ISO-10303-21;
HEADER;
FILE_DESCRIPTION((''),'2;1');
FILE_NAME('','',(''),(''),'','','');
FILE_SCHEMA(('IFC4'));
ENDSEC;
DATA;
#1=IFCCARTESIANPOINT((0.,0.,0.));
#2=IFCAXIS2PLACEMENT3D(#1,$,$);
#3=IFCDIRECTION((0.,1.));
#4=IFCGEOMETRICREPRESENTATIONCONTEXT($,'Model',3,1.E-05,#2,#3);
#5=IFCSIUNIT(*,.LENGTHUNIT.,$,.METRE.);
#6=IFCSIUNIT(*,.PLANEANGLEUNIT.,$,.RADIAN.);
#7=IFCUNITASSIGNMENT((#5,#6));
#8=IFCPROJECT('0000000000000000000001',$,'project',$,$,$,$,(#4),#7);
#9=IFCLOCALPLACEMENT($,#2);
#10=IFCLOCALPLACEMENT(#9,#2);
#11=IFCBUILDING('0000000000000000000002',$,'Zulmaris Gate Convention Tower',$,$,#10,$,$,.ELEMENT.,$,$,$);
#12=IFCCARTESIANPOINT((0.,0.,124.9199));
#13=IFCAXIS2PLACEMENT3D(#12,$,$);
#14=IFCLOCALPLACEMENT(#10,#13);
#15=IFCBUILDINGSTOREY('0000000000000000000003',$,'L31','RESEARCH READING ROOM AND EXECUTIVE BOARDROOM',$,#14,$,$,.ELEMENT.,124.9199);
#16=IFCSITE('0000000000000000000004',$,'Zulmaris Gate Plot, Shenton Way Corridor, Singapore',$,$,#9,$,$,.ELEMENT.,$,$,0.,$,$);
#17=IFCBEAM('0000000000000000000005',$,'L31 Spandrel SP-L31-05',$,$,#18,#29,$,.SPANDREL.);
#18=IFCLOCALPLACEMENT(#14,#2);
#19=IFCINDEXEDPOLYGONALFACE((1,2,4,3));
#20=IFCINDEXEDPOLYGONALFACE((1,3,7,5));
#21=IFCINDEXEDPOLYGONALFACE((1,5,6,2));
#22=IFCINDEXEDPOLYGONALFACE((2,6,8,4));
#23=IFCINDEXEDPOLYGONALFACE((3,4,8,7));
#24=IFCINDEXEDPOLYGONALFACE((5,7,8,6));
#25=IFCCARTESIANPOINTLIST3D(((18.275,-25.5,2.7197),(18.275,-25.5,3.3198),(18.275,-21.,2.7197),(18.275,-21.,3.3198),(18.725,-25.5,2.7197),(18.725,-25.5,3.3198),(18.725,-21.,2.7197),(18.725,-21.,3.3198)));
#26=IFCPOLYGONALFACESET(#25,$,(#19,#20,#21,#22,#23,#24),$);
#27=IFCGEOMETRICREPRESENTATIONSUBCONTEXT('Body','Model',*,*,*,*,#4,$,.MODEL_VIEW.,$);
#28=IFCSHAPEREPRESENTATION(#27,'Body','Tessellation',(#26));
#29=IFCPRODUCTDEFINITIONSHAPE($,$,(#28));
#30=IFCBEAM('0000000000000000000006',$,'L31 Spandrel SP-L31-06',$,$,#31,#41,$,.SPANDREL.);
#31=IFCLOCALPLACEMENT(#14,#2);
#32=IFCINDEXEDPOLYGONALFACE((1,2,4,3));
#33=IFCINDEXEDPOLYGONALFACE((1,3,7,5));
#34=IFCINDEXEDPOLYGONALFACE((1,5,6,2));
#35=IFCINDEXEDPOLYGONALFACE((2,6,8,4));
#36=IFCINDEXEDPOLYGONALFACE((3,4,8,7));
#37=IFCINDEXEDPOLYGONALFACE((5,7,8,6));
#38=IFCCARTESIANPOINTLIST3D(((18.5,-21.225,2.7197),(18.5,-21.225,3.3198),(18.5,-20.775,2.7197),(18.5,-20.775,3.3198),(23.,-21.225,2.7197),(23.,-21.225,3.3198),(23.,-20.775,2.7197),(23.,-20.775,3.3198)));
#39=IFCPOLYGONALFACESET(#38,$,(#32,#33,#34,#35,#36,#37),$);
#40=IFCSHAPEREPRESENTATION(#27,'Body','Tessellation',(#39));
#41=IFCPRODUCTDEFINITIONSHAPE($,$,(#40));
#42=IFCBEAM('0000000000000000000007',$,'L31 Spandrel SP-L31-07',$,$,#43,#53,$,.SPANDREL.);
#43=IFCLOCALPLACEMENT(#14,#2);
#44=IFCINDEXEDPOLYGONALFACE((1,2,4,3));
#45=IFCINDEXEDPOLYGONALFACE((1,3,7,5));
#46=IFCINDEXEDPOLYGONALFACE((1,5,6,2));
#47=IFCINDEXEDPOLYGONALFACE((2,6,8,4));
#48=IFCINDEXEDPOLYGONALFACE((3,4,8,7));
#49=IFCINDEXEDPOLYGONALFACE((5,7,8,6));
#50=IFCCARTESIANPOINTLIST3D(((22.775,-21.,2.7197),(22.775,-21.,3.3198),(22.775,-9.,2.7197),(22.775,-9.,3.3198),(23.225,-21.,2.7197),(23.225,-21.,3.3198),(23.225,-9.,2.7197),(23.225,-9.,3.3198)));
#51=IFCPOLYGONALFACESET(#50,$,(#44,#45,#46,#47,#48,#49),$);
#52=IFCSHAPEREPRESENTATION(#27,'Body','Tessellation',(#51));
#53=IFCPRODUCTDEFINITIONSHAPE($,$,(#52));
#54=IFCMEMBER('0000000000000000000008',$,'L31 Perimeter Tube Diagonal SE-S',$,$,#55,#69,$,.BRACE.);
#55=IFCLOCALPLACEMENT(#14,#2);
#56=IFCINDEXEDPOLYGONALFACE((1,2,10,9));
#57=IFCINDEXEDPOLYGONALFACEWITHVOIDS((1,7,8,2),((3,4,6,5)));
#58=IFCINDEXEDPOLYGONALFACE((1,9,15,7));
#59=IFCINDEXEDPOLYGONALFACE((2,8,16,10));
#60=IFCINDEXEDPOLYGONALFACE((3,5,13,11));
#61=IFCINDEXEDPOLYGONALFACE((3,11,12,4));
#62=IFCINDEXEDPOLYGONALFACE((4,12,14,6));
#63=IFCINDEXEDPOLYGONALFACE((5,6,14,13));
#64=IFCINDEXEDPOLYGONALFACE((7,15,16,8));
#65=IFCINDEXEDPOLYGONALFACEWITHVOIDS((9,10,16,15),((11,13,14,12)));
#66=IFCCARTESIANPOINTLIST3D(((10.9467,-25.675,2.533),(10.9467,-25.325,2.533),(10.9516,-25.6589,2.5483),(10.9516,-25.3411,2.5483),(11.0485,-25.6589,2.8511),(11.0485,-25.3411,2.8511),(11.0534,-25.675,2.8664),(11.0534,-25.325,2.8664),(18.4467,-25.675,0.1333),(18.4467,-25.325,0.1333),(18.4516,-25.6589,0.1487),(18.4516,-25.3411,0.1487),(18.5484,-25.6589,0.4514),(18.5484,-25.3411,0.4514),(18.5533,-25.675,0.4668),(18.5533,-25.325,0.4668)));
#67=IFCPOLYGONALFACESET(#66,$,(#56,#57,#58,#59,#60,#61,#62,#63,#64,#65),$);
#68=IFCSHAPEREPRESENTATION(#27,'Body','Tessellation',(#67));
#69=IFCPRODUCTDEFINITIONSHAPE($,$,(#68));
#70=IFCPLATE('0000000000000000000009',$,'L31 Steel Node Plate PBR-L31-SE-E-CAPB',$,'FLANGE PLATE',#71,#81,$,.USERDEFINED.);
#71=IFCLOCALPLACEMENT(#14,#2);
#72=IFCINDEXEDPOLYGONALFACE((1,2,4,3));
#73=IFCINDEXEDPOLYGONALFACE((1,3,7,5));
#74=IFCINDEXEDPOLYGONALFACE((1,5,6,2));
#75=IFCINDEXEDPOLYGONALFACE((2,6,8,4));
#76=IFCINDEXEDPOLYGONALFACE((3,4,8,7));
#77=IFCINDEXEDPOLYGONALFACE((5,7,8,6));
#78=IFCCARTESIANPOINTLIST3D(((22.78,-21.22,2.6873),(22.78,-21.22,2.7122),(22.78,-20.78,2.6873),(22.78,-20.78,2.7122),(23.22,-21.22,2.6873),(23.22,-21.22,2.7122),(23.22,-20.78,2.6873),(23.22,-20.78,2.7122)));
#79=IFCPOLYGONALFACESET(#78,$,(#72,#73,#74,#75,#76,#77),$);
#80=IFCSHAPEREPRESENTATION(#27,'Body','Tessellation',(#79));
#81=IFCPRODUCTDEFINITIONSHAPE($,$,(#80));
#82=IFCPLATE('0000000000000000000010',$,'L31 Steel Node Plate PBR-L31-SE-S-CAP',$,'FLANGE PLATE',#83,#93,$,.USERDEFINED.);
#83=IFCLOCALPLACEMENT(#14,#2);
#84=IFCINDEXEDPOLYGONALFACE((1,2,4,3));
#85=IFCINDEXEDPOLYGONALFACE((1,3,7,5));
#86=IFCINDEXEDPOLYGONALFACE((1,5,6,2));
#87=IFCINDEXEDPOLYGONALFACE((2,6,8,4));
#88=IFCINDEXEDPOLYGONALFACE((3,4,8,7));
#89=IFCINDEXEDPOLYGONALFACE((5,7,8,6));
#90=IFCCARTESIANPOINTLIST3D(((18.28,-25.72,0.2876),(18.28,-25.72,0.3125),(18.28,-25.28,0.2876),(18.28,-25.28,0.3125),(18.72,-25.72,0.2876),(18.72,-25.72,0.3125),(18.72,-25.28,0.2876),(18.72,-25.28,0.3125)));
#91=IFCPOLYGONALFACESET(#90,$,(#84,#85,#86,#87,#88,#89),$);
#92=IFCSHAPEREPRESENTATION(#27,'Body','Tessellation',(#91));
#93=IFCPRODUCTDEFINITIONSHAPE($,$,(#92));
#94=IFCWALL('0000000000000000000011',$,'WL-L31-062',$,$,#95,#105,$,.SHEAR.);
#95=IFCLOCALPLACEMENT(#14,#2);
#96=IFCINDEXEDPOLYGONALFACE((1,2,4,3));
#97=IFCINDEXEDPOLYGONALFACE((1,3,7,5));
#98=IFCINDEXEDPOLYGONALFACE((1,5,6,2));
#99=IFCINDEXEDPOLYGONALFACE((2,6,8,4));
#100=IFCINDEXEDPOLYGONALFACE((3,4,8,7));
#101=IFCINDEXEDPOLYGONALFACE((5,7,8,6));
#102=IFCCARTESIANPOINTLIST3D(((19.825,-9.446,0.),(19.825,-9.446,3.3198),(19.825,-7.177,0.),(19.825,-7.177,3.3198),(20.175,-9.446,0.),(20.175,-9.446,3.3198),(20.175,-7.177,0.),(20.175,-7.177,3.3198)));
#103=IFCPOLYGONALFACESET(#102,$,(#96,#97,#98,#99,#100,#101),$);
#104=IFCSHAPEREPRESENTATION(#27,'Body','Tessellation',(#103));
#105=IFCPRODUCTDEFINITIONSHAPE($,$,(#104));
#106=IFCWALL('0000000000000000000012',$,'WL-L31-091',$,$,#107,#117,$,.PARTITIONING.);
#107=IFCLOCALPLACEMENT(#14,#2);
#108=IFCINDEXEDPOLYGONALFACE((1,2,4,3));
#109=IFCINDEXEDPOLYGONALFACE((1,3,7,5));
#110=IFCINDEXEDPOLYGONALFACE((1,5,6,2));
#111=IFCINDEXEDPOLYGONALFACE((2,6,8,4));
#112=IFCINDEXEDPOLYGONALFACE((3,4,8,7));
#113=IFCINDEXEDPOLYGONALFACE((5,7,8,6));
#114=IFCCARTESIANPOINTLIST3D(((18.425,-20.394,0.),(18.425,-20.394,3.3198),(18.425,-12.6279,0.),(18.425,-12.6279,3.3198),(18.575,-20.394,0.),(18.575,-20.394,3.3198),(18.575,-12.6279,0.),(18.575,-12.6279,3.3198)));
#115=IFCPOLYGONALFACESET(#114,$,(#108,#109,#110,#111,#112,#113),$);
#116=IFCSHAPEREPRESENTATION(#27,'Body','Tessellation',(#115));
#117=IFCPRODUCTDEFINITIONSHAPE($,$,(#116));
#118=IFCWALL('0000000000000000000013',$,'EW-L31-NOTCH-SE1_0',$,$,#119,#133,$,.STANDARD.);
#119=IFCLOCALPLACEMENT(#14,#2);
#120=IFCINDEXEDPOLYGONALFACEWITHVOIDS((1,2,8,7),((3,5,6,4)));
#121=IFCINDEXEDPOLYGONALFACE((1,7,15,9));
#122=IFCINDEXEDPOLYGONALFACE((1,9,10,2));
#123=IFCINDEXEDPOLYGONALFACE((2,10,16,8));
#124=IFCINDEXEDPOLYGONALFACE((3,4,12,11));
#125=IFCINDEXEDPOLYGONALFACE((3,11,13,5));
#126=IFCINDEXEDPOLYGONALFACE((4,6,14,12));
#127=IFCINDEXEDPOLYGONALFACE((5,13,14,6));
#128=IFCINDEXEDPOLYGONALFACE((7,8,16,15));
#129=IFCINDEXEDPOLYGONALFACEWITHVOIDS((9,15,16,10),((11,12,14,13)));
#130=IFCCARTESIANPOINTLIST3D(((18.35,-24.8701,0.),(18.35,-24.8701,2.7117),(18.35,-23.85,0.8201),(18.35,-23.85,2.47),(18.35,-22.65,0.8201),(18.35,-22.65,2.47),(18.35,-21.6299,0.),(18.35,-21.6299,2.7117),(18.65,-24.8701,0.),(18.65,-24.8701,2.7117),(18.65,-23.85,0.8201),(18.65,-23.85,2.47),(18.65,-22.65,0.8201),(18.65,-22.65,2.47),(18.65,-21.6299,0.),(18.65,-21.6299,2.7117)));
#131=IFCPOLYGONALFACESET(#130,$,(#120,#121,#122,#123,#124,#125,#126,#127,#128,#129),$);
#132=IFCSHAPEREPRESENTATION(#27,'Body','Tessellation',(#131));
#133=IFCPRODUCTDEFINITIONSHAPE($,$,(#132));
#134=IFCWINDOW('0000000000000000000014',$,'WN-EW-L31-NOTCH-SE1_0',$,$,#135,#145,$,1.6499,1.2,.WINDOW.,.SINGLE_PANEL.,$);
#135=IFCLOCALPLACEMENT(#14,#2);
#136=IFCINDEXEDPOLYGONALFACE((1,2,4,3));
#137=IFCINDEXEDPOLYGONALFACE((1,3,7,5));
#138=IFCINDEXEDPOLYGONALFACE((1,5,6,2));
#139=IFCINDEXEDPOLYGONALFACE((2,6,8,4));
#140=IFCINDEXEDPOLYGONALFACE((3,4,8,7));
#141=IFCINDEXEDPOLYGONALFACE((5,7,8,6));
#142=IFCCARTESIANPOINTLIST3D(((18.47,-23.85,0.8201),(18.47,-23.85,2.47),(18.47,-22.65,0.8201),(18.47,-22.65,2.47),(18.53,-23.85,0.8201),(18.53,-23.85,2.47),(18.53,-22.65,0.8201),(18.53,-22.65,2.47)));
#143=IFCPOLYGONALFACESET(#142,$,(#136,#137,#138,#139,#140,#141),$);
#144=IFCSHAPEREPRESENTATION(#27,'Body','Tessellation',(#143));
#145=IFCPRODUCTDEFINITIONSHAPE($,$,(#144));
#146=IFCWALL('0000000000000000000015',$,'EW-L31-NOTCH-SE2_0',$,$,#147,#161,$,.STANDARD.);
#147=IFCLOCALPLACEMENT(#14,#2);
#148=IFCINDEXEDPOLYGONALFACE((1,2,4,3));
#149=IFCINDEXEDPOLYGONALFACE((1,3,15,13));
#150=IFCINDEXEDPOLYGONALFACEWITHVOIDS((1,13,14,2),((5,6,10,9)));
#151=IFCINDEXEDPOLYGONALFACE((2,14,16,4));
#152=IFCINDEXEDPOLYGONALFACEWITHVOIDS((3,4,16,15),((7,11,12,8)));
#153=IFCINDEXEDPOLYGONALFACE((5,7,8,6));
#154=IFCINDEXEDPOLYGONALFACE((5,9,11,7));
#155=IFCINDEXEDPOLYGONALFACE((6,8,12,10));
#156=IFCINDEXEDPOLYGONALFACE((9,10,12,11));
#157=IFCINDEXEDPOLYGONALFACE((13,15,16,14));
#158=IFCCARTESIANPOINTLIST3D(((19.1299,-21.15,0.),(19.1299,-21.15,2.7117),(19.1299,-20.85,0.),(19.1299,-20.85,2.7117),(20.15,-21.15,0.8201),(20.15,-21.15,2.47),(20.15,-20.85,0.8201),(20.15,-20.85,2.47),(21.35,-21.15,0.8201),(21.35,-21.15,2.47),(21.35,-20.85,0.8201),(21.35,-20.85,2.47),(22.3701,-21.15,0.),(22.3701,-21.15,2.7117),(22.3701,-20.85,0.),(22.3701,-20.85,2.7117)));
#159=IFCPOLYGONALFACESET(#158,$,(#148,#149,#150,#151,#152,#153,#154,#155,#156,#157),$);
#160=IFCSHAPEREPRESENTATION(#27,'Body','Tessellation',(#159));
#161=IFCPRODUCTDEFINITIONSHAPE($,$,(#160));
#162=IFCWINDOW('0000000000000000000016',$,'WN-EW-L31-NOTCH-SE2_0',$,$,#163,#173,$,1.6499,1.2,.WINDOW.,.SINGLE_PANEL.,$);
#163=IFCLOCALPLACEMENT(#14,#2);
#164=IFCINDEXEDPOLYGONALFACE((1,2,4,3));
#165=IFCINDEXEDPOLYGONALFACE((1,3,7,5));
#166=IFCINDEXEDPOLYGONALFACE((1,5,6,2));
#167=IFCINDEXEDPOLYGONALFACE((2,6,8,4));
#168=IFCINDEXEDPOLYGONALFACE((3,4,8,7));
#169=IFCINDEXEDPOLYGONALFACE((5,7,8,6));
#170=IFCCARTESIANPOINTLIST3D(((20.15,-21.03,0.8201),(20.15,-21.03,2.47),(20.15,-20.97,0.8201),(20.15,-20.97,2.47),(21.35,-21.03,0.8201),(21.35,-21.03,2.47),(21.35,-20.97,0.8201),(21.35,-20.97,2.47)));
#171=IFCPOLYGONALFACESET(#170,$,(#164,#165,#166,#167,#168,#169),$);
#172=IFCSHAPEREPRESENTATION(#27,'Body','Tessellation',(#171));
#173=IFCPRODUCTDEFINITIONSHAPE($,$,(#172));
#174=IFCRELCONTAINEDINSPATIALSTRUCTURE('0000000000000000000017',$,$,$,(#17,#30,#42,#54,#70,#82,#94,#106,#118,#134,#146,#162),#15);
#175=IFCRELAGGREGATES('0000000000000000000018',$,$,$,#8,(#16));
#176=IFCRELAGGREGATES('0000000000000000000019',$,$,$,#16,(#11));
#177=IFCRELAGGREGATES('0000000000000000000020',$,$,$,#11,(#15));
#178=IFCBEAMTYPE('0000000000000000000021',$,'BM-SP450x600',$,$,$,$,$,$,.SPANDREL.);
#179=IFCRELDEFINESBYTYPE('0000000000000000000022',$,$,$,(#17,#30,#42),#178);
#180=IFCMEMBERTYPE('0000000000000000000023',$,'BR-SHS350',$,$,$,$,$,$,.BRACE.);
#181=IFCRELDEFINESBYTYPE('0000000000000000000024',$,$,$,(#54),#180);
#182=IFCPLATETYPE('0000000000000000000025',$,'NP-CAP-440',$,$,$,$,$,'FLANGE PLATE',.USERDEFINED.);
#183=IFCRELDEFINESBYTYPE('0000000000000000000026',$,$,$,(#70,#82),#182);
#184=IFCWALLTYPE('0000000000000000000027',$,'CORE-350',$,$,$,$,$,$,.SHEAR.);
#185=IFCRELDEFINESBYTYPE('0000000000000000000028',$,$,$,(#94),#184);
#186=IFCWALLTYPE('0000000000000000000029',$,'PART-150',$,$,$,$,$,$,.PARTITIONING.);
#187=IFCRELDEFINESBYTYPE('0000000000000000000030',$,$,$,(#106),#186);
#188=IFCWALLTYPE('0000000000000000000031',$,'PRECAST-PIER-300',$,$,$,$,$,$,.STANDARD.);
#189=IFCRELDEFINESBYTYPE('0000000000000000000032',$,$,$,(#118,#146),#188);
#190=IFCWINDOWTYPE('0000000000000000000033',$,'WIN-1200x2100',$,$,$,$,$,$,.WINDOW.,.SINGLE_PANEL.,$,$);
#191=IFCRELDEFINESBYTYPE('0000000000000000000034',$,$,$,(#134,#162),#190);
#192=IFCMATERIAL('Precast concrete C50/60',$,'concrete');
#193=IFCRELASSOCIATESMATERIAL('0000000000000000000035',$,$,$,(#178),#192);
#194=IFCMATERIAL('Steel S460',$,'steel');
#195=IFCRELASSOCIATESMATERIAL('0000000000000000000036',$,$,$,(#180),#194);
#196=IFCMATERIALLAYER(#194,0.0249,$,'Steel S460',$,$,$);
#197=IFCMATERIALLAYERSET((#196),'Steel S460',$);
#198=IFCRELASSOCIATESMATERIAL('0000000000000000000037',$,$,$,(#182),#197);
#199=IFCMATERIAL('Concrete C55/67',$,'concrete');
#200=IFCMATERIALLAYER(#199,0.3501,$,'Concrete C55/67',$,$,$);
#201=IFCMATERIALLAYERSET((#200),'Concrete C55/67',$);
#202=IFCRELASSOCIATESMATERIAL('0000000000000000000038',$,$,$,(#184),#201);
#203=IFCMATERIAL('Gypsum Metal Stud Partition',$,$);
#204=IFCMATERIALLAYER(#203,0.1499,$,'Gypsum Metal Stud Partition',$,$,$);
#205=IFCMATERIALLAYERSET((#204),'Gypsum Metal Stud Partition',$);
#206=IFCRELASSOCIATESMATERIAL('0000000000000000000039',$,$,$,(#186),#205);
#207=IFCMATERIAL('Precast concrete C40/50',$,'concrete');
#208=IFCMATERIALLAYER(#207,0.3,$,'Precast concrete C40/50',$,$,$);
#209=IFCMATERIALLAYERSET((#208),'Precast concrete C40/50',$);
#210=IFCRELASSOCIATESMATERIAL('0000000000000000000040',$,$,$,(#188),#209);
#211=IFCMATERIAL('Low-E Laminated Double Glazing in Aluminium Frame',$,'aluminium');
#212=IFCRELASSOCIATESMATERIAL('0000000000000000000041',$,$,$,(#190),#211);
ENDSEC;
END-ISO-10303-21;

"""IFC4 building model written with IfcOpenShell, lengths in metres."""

from ifc_helpers import new_model, si_unit, direction, frame, frame_2d, origin, origin_2d, place, context, subcontext, project, spatial, rectangle, hollow_rectangle, extrude, material, layer, layer_set, material_profile, profile_set, type_object, element, fill, save


model = new_model("IFC4")

# Units and contexts
model_context = context("Model", 3, precision=1e-05, world=origin(), true_north=direction((0.0, 1.0)))
body_context = subcontext(model_context, "Body", "Model", "MODEL_VIEW")
ifc_project = project(units=[si_unit("LENGTHUNIT", "METRE"), si_unit("PLANEANGLEUNIT", "RADIAN")], contexts=[model_context])

# Site, building, storey
site_placement = place(None, origin())
site = spatial("IfcSite", under=ifc_project, at=site_placement, Name="Zulmaris Gate Plot, Shenton Way Corridor, Singapore", CompositionType="ELEMENT", RefElevation=0.0)
building_placement = place(site_placement, origin())
building = spatial("IfcBuilding", under=site, at=building_placement, Name="Zulmaris Gate Convention Tower", CompositionType="ELEMENT")
storey_placement = place(building_placement, frame((0.0, 0.0, 124.9199)))
storey = spatial("IfcBuildingStorey", under=building, at=storey_placement, Name="L31", Description="RESEARCH READING ROOM AND EXECUTIVE BOARDROOM", CompositionType="ELEMENT", Elevation=124.9199)

# Beams
ifc_material_1 = material(Name="Precast concrete C50/60", Category="concrete")
ifc_material_profile_1 = material_profile(ifc_material_1, rectangle(XDim=0.45, YDim=0.6001, at=origin_2d()), Name="RC SPANDREL 450x600")
ifc_profile_set_1 = profile_set([ifc_material_profile_1], Name="Precast concrete C50/60")
beam_type_1 = type_object("IfcBeamType", Name="BM-SP450x600", PredefinedType="SPANDREL", material=ifc_profile_set_1)
for number, where, z_axis, x_axis, name in (
    (1, (18.5, -25.5, 3.0198), (0.0, 1.0, 0.0), (-1.0, 0.0, 0.0), "L31 Spandrel SP-L31-05"),
    (2, (18.5, -21.0, 3.0198), (1.0, 0.0, 0.0), (0.0, 1.0, 0.0), "L31 Spandrel SP-L31-06"),
):
    element("IfcBeam", number, at=place(storey_placement, frame(where, z_axis=z_axis, x_axis=x_axis)), inside=storey, type_object=beam_type_1, Name=name, PredefinedType="SPANDREL", context=body_context, shape_type="SweptSolid", body=[
        extrude(rectangle(XDim=0.45, YDim=0.6001, at=origin_2d()), origin(), (0.0, 0.0, 1.0), 4.5),
    ])
beam_1_placement = place(storey_placement, frame((23.0, -21.0, 3.0198), z_axis=(0.0, 1.0, 0.0), x_axis=(-1.0, 0.0, 0.0)))
element("IfcBeam", 3, at=beam_1_placement, inside=storey, type_object=beam_type_1, Name="L31 Spandrel SP-L31-07", PredefinedType="SPANDREL", context=body_context, shape_type="SweptSolid", body=[
    extrude(rectangle(XDim=0.45, YDim=0.6001, at=origin_2d()), origin(), (0.0, 0.0, 1.0), 12.0),
])

# Member
ifc_material_2 = material(Name="Steel S460", Category="steel")
ifc_material_profile_2 = material_profile(ifc_material_2, hollow_rectangle(XDim=0.3501, YDim=0.3501, WallThickness=0.0161, at=origin_2d()), Name="SHS 350x350x16")
ifc_profile_set_2 = profile_set([ifc_material_profile_2], Name="Steel S460")
member_type = type_object("IfcMemberType", Name="BR-SHS350", PredefinedType="BRACE", material=ifc_profile_set_2)
member_placement = place(storey_placement, frame((18.5, -25.5, 0.3), z_axis=(-0.952437, 0.0, 0.304736), x_axis=(0.0, -1.0, 0.0)))
element("IfcMember", 4, at=member_placement, inside=storey, type_object=member_type, Name="L31 Perimeter Tube Diagonal SE-S", PredefinedType="BRACE", context=body_context, shape_type="SweptSolid", body=[
    extrude(hollow_rectangle(XDim=0.3501, YDim=0.3501, WallThickness=0.0161, at=origin_2d()), origin(), (0.0, 0.0, 1.0), 7.8745),
])

# Plates
ifc_layer_1 = layer(ifc_material_2, 0.0249, Name="Steel S460")
ifc_layer_set_1 = layer_set([ifc_layer_1], Name="Steel S460")
plate_type = type_object("IfcPlateType", Name="NP-CAP-440", ElementType="FLANGE PLATE", PredefinedType="USERDEFINED", material=ifc_layer_set_1)
for number, where, z_axis, x_axis, name in (
    (5, (23.0, -21.0, 2.6873), (0.0, 0.0, 1.0), (1.0, 0.0, 0.0), "L31 Steel Node Plate PBR-L31-SE-E-CAPB"),
    (6, (18.5, -25.5, 0.2876), (0.0, 0.0, 1.0), (1.0, 0.0, 0.0), "L31 Steel Node Plate PBR-L31-SE-S-CAP"),
):
    element("IfcPlate", number, at=place(storey_placement, frame(where, z_axis=z_axis, x_axis=x_axis)), inside=storey, type_object=plate_type, Name=name, ObjectType="FLANGE PLATE", PredefinedType="USERDEFINED", context=body_context, shape_type="SweptSolid", body=[
        extrude(rectangle(XDim=0.4399, YDim=0.4399, at=origin_2d()), origin(), (0.0, 0.0, 1.0), 0.0249),
    ])

# Wall
ifc_material_3 = material(Name="Concrete C55/67", Category="concrete")
ifc_layer_2 = layer(ifc_material_3, 0.3501, Name="Concrete C55/67")
ifc_layer_set_2 = layer_set([ifc_layer_2], Name="Concrete C55/67")
wall_type_1 = type_object("IfcWallType", Name="CORE-350", PredefinedType="SHEAR", material=ifc_layer_set_2)
wall_1_placement = place(storey_placement, frame((20.0, -9.446, 0.0), z_axis=(0.0, 0.0, 1.0), x_axis=(0.0, 1.0, 0.0)))
element("IfcWall", 7, at=wall_1_placement, inside=storey, type_object=wall_type_1, Name="WL-L31-062", PredefinedType="SHEAR", context=body_context, shape_type="SweptSolid", body=[
    extrude(rectangle(XDim=2.269, YDim=0.3501, at=frame_2d((1.1345, 0.0))), origin(), (0.0, 0.0, 1.0), 3.3198),
])

# Shared definitions
ifc_material_4 = material(Name="Gypsum Metal Stud Partition")
ifc_layer_3 = layer(ifc_material_4, 0.1499, Name="Gypsum Metal Stud Partition")
ifc_layer_set_3 = layer_set([ifc_layer_3], Name="Gypsum Metal Stud Partition")
wall_type_2 = type_object("IfcWallType", Name="PART-150", PredefinedType="PARTITIONING", material=ifc_layer_set_3)

# Wall
wall_2_placement = place(storey_placement, frame((18.5, -20.394, 0.0), z_axis=(0.0, 0.0, 1.0), x_axis=(0.0, 1.0, 0.0)))
element("IfcWall", 8, at=wall_2_placement, inside=storey, type_object=wall_type_2, Name="WL-L31-091", PredefinedType="PARTITIONING", context=body_context, shape_type="SweptSolid", body=[
    extrude(rectangle(XDim=7.7661, YDim=0.1499, at=frame_2d((3.8831, 0.0))), origin(), (0.0, 0.0, 1.0), 3.3198),
])

# Walls, openings, windows
ifc_material_5 = material(Name="Precast concrete C40/50", Category="concrete")
ifc_layer_4 = layer(ifc_material_5, 0.3, Name="Precast concrete C40/50")
ifc_layer_set_4 = layer_set([ifc_layer_4], Name="Precast concrete C40/50")
wall_type_3 = type_object("IfcWallType", Name="PRECAST-PIER-300", PredefinedType="STANDARD", material=ifc_layer_set_4)
wall_3_placement = place(storey_placement, frame((18.5, -24.8701, 0.0), z_axis=(0.0, 0.0, 1.0), x_axis=(0.0, 1.0, 0.0)))
wall_3 = element("IfcWall", 9, at=wall_3_placement, inside=storey, type_object=wall_type_3, Name="EW-L31-NOTCH-SE1_0", PredefinedType="STANDARD", context=body_context, shape_type="SweptSolid", body=[
    extrude(rectangle(XDim=3.2402, YDim=0.3, at=frame_2d((1.6201, 0.0))), origin(), (0.0, 0.0, 1.0), 2.7117),
])
opening_1_placement = place(wall_3_placement, frame((1.02, 0.0, 0.8201)))
opening_1 = element("IfcOpeningElement", 10, at=opening_1_placement, cuts=wall_3, PredefinedType="OPENING", context=body_context, shape_type="SweptSolid", body=[
    extrude(rectangle(XDim=1.2, YDim=1.6499, at=frame_2d((0.6001, 0.825))), frame((0.0, 0.1602, 0.0), z_axis=(0.0, -1.0, 0.0), x_axis=(1.0, 0.0, 0.0)), (0.0, 0.0, 1.0), 0.3201),
])
ifc_material_6 = material(Name="Low-E Laminated Double Glazing in Aluminium Frame", Category="aluminium")
window_type = type_object("IfcWindowType", Name="WIN-1200x2100", PartitioningType="SINGLE_PANEL", PredefinedType="WINDOW", material=ifc_material_6)
window_1_placement = place(opening_1_placement, origin())
window_1 = element("IfcWindow", 11, at=window_1_placement, inside=storey, type_object=window_type, Name="WN-EW-L31-NOTCH-SE1_0", OverallHeight=1.6499, OverallWidth=1.2, PartitioningType="SINGLE_PANEL", PredefinedType="WINDOW", context=body_context, shape_type="SweptSolid", body=[
    extrude(rectangle(XDim=1.2, YDim=1.6499, at=frame_2d((0.6001, 0.825))), frame((0.0, 0.03, 0.0), z_axis=(0.0, -1.0, 0.0), x_axis=(1.0, 0.0, 0.0)), (0.0, 0.0, 1.0), 0.0601),
])
fill(opening_1, window_1)
wall_4_placement = place(storey_placement, frame((19.1299, -21.0, 0.0), z_axis=(0.0, 0.0, 1.0), x_axis=(1.0, 0.0, 0.0)))
wall_4 = element("IfcWall", 12, at=wall_4_placement, inside=storey, type_object=wall_type_3, Name="EW-L31-NOTCH-SE2_0", PredefinedType="STANDARD", context=body_context, shape_type="SweptSolid", body=[
    extrude(rectangle(XDim=3.2402, YDim=0.3, at=frame_2d((1.6201, 0.0))), origin(), (0.0, 0.0, 1.0), 2.7117),
])
opening_2_placement = place(wall_4_placement, frame((1.02, 0.0, 0.8201)))
opening_2 = element("IfcOpeningElement", 13, at=opening_2_placement, cuts=wall_4, PredefinedType="OPENING", context=body_context, shape_type="SweptSolid", body=[
    extrude(rectangle(XDim=1.2, YDim=1.6499, at=frame_2d((0.6001, 0.825))), frame((0.0, 0.1602, 0.0), z_axis=(0.0, -1.0, 0.0), x_axis=(1.0, 0.0, 0.0)), (0.0, 0.0, 1.0), 0.3201),
])
window_2_placement = place(opening_2_placement, origin())
window_2 = element("IfcWindow", 14, at=window_2_placement, inside=storey, type_object=window_type, Name="WN-EW-L31-NOTCH-SE2_0", OverallHeight=1.6499, OverallWidth=1.2, PartitioningType="SINGLE_PANEL", PredefinedType="WINDOW", context=body_context, shape_type="SweptSolid", body=[
    extrude(rectangle(XDim=1.2, YDim=1.6499, at=frame_2d((0.6001, 0.825))), frame((0.0, 0.03, 0.0), z_axis=(0.0, -1.0, 0.0), x_axis=(1.0, 0.0, 0.0)), (0.0, 0.0, 1.0), 0.0601),
])
fill(opening_2, window_2)

save(model, "model.ifc")
